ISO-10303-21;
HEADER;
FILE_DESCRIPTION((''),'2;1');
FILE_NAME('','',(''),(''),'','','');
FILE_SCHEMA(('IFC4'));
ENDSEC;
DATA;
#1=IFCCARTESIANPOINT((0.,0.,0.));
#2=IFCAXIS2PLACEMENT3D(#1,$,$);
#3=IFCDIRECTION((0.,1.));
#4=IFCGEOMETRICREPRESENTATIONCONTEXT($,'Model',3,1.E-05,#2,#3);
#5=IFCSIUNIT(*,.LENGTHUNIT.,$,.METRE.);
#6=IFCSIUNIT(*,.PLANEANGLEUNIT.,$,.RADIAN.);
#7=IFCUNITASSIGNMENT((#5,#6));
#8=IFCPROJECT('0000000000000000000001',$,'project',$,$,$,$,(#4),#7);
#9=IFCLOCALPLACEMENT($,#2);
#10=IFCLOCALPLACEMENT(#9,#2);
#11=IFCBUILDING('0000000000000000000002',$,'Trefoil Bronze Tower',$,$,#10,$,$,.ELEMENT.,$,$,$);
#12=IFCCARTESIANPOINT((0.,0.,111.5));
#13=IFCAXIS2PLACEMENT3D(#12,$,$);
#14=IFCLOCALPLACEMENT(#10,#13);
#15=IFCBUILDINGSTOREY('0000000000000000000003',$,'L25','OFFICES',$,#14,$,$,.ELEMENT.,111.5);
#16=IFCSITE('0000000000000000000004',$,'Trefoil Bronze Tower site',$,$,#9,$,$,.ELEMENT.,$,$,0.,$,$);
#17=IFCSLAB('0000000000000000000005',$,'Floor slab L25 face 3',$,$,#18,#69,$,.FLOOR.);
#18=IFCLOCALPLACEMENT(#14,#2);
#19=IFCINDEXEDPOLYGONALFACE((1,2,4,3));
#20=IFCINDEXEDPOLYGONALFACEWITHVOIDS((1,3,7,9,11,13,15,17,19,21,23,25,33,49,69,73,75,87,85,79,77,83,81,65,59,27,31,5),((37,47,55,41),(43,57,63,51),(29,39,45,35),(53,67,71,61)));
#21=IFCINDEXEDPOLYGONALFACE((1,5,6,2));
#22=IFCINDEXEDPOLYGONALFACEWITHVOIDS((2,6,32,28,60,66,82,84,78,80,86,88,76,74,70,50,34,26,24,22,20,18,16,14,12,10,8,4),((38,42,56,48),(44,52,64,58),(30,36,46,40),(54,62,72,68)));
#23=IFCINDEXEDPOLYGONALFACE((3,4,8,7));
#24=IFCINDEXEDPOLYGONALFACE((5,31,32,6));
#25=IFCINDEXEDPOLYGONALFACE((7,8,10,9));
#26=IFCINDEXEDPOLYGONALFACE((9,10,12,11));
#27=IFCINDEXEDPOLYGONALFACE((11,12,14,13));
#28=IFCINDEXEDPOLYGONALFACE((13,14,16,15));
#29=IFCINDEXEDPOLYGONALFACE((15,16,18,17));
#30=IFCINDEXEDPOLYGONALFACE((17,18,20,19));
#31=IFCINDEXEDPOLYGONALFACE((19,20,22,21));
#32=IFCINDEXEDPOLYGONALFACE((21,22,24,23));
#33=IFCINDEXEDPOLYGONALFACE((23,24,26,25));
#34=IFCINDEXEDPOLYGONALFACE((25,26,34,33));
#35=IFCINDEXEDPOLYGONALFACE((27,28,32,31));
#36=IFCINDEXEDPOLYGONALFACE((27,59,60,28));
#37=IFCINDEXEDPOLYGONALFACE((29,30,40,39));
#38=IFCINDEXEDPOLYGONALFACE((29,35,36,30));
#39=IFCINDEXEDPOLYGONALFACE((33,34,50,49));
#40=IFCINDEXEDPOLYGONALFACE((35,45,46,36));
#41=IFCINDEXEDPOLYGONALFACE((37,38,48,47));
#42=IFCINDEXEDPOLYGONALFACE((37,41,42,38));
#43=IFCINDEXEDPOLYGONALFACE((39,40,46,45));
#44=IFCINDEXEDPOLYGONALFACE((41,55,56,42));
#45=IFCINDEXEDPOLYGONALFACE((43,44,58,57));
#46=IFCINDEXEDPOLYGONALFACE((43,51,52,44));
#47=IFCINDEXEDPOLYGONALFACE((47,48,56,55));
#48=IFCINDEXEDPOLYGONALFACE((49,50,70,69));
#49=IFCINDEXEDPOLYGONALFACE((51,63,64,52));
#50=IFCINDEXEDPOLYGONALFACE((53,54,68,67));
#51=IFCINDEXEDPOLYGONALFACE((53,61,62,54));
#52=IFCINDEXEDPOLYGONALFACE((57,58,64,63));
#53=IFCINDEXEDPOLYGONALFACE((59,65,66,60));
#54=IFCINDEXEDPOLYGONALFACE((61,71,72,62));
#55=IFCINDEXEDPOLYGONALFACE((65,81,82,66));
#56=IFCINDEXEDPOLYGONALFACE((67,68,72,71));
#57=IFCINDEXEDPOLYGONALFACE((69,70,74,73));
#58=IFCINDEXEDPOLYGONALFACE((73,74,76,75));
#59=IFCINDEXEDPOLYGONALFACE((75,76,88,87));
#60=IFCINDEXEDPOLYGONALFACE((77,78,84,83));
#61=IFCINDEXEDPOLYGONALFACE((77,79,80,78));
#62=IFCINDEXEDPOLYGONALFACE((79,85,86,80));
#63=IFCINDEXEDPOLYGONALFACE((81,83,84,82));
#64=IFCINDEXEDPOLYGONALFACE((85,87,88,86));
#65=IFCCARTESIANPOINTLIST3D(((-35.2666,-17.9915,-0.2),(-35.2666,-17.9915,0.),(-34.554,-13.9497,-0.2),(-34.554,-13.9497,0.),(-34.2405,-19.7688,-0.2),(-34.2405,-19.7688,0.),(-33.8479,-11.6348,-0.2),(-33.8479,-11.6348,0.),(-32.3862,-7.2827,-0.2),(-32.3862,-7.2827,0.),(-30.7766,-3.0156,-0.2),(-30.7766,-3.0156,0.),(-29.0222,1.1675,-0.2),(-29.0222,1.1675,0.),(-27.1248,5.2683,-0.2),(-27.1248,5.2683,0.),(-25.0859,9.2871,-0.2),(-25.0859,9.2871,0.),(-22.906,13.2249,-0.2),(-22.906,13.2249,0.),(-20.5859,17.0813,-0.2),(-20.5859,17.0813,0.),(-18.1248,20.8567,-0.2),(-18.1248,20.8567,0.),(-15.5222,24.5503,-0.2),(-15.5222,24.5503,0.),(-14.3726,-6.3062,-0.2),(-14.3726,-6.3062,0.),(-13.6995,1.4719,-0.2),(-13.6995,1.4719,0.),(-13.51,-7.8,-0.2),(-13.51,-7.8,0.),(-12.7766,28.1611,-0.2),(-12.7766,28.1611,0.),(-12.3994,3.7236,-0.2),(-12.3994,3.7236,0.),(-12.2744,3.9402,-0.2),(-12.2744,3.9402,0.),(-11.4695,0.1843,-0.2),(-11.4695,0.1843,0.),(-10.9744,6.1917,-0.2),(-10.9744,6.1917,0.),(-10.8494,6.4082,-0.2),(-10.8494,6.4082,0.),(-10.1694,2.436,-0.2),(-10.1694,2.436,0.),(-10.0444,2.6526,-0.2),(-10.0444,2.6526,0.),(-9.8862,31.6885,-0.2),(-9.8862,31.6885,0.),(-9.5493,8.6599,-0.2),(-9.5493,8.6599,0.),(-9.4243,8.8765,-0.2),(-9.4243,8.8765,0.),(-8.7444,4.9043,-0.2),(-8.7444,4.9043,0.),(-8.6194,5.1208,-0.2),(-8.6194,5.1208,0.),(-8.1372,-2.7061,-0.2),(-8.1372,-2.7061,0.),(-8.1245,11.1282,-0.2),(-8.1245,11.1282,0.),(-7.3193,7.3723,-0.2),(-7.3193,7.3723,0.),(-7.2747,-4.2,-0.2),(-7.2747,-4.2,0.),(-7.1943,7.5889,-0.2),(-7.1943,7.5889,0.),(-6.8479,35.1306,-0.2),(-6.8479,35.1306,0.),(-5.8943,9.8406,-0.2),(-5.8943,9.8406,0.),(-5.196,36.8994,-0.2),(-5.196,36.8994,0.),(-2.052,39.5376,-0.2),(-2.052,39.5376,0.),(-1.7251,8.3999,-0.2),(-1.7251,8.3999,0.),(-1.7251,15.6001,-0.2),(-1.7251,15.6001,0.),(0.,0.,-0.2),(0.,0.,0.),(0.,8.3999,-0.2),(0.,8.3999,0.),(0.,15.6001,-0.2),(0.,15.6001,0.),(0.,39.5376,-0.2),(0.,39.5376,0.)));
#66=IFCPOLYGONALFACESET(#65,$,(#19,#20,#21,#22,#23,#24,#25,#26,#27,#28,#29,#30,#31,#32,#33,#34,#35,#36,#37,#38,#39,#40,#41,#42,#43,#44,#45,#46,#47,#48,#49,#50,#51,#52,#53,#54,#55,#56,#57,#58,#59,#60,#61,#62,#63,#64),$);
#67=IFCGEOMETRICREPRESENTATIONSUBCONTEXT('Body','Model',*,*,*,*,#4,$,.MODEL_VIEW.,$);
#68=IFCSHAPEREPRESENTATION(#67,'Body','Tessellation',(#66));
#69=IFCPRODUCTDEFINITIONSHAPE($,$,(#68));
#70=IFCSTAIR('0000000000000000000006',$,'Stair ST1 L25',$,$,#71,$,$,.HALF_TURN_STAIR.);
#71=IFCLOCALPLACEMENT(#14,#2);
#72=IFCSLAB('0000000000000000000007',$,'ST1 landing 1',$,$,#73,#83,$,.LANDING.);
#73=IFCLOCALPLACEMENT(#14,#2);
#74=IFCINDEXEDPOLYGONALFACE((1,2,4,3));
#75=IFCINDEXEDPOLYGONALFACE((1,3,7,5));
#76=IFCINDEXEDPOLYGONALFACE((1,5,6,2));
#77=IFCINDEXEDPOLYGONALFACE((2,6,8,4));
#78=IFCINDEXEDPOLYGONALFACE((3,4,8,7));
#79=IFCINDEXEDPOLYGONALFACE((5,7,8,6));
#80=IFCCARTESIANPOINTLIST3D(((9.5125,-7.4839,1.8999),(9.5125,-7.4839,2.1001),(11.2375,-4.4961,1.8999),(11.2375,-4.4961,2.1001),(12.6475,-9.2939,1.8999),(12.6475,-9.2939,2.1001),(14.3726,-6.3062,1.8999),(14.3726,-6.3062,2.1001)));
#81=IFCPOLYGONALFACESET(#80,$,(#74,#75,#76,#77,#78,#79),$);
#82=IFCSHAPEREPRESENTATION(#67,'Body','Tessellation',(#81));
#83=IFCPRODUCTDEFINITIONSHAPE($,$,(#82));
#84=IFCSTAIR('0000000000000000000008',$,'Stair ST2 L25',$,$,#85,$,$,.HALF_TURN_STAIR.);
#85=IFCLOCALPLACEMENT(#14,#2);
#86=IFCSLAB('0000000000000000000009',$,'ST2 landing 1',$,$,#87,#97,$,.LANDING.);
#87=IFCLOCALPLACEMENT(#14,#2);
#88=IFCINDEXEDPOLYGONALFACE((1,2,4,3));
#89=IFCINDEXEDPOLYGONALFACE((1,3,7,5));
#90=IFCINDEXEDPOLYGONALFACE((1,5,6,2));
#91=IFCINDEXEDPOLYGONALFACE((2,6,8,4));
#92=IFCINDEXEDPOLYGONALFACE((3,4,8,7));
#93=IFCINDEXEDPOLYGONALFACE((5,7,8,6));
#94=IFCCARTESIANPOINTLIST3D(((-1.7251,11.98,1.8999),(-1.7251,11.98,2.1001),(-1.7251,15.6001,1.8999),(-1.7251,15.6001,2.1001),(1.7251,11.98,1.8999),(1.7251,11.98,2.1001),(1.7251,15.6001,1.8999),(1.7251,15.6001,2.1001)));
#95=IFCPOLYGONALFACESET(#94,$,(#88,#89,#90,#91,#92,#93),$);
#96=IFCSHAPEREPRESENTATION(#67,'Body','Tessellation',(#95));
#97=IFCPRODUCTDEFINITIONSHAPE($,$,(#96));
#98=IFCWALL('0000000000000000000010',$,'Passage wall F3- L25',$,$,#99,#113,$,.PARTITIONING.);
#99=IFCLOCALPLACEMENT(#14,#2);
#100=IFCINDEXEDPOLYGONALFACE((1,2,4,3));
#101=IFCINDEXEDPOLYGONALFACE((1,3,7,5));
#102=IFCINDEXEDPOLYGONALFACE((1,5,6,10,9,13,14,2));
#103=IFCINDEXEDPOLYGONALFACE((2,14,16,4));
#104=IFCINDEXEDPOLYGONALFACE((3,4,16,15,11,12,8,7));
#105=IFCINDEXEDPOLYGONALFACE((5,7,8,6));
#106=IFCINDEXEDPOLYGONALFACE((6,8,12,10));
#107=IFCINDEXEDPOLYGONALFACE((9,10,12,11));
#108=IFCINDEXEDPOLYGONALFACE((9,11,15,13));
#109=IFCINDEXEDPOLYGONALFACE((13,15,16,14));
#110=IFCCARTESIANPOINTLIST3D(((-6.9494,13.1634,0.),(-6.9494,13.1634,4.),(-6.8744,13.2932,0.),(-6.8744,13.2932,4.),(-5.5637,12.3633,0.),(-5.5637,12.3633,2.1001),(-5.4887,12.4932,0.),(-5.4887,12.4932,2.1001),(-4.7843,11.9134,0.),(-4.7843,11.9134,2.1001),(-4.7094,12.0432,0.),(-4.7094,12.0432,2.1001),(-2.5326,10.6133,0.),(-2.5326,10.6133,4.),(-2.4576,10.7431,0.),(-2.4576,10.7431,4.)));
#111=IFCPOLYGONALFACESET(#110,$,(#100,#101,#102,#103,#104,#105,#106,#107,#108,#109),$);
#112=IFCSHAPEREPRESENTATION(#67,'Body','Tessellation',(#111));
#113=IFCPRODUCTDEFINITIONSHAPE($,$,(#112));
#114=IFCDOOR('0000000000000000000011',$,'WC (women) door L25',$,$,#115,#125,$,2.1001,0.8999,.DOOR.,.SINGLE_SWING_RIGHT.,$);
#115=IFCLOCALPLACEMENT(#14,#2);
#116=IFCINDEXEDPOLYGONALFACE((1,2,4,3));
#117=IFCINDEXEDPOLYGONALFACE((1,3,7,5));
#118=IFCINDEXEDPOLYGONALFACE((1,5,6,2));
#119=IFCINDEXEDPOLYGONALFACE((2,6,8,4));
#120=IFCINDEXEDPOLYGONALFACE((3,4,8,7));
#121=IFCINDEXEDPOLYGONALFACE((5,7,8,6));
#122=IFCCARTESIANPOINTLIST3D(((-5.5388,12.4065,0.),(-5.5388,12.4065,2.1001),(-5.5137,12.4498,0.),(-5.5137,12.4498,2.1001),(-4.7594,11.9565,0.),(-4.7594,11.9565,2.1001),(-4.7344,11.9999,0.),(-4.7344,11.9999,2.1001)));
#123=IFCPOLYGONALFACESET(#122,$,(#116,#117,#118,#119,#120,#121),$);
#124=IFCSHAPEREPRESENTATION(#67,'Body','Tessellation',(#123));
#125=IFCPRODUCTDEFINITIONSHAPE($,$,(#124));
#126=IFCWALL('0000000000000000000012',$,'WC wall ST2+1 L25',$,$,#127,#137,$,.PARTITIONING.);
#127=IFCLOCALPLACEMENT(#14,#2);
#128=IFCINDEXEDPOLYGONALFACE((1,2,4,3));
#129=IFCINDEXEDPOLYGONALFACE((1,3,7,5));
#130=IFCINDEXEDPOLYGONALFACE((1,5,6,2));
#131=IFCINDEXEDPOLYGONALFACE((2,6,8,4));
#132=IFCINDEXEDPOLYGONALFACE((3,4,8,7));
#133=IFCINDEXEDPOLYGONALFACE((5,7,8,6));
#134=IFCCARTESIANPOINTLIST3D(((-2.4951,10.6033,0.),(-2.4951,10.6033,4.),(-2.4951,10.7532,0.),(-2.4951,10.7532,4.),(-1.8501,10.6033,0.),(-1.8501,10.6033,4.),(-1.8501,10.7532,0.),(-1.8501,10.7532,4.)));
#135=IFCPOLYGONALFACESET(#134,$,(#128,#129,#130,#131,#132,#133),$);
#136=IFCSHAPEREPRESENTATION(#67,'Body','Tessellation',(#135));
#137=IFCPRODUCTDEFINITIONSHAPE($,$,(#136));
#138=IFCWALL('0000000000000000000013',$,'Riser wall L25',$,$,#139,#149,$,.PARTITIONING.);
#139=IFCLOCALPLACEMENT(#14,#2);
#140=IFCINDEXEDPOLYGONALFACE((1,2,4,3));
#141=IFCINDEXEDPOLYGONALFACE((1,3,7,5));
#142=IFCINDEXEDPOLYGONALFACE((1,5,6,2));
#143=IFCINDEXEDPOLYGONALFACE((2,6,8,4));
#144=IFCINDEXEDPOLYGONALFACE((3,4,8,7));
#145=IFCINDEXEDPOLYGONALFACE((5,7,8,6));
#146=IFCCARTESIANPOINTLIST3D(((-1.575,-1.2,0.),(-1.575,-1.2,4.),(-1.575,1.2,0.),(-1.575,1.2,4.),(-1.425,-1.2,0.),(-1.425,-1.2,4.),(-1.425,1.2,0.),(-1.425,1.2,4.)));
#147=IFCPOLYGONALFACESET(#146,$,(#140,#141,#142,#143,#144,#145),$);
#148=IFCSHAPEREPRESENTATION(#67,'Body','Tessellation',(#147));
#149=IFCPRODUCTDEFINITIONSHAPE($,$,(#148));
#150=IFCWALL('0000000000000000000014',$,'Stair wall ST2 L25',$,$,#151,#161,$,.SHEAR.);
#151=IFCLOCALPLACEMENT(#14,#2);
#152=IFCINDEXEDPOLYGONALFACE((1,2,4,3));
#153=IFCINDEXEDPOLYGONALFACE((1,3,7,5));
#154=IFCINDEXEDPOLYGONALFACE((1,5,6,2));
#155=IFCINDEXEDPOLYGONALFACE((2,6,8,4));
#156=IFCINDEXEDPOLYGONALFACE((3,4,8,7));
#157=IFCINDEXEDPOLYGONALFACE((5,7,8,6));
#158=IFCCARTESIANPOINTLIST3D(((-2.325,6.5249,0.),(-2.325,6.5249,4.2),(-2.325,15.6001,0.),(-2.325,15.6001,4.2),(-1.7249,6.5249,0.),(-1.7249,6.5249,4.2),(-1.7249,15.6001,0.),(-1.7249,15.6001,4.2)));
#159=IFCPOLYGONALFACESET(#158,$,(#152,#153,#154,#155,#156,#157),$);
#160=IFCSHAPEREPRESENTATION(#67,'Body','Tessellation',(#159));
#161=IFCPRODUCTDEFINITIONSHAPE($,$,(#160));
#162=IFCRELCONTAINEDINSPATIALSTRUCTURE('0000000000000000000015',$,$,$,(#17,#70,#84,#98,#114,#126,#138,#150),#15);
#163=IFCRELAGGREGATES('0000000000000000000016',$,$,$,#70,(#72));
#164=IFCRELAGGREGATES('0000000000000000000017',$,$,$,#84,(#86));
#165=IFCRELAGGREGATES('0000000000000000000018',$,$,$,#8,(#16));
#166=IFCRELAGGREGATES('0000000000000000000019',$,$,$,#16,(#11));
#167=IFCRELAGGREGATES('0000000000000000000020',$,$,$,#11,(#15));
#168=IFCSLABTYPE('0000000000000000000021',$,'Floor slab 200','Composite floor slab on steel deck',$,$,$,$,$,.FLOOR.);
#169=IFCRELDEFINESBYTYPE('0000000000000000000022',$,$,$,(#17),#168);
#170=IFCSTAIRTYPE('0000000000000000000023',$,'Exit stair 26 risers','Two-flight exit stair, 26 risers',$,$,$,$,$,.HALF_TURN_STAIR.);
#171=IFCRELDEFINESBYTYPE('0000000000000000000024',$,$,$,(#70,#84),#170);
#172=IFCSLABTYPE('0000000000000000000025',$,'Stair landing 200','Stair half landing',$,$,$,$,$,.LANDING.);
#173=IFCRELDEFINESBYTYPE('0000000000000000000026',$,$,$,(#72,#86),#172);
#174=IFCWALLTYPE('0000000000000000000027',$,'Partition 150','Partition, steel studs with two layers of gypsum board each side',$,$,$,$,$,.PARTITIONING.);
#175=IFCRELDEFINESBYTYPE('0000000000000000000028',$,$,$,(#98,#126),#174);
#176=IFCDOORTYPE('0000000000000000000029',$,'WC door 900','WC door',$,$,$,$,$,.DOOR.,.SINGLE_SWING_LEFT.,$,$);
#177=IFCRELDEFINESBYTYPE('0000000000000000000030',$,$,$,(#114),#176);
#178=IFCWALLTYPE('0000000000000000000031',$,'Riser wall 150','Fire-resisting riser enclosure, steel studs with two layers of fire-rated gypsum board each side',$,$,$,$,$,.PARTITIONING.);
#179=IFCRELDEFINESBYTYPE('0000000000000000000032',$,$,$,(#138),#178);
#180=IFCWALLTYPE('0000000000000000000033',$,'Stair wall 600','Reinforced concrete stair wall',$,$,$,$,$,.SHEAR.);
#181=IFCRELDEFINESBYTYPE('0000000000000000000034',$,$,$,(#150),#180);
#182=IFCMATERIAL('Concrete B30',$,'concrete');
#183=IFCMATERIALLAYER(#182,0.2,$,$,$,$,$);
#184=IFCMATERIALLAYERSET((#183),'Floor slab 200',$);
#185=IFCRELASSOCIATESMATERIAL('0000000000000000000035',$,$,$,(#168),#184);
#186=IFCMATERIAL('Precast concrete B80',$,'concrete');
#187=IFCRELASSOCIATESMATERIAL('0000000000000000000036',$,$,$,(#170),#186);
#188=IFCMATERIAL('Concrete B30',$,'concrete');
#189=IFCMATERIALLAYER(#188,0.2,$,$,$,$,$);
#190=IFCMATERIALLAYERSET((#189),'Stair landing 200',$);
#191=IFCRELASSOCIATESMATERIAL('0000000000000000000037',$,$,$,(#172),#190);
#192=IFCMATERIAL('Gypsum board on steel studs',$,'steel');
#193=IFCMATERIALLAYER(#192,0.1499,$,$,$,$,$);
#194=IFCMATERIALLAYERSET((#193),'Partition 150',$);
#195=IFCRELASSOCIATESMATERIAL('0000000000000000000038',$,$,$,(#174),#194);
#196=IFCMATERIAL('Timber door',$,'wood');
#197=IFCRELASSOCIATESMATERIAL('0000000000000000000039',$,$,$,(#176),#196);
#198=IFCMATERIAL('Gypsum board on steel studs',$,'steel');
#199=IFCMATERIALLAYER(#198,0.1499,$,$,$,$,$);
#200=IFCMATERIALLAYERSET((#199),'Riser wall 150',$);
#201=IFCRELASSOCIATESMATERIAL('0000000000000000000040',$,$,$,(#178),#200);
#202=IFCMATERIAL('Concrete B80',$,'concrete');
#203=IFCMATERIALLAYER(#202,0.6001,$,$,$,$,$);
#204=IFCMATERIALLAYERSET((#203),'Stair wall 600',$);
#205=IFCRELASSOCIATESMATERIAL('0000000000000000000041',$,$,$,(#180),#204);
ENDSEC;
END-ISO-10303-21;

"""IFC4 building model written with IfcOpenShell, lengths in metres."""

from ifc_helpers import new_model, si_unit, direction, frame, frame_2d, origin, place, context, subcontext, project, spatial, polyline, rectangle, outline, extrude, material, layer, layer_set, type_object, element, fill, aggregate, save


model = new_model("IFC4")

# Units and contexts
model_context = context("Model", 3, precision=1e-05, world=origin(), true_north=direction((0.0, 1.0)))
body_context = subcontext(model_context, "Body", "Model", "MODEL_VIEW")
ifc_project = project(units=[si_unit("LENGTHUNIT", "METRE"), si_unit("PLANEANGLEUNIT", "RADIAN")], contexts=[model_context])

# Site, building, storey
site_placement = place(None, origin())
site = spatial("IfcSite", under=ifc_project, at=site_placement, Name="Trefoil Bronze Tower site", CompositionType="ELEMENT", RefElevation=0.0)
building_placement = place(site_placement, origin())
building = spatial("IfcBuilding", under=site, at=building_placement, Name="Trefoil Bronze Tower", CompositionType="ELEMENT")
storey_placement = place(building_placement, frame((0.0, 0.0, 111.5)))
storey = spatial("IfcBuildingStorey", under=building, at=storey_placement, Name="L25", Description="OFFICES", CompositionType="ELEMENT", Elevation=111.5)

# Slab
ifc_material_1 = material(Name="Concrete B30", Category="concrete")
ifc_layer_1 = layer(ifc_material_1, 0.2)
ifc_layer_set_1 = layer_set([ifc_layer_1], Name="Floor slab 200")
slab_type_1 = type_object("IfcSlabType", Name="Floor slab 200", Description="Composite floor slab on steel deck", PredefinedType="FLOOR", material=ifc_layer_set_1)
slab_1_placement = place(storey_placement, frame((0.0, 0.0, -0.2)))
element("IfcSlab", 1, at=slab_1_placement, inside=storey, type_object=slab_type_1, Name="Floor slab L25 face 3", PredefinedType="FLOOR", context=body_context, shape_type="SweptSolid", body=[
    extrude(outline(polyline([(-32.3862, -7.2827), (-30.7766, -3.0156), (-29.0222, 1.1675), (-27.1248, 5.2683), (-25.0859, 9.2871), (-22.906, 13.2249), (-20.5859, 17.0813), (-18.1248, 20.8567), (-15.5222, 24.5503), (-12.7766, 28.1611), (-9.8862, 31.6885), (-6.8479, 35.1306), (-5.196, 36.8994), (-2.052, 39.5376), (0.0, 39.5376), (0.0, 15.6001), (-1.7251, 15.6001), (-1.7251, 8.3999), (0.0, 8.3999), (0.0, 0.0), (-7.2747, -4.2), (-8.1372, -2.7061), (-14.3726, -6.3062), (-13.51, -7.8), (-34.2405, -19.7688), (-35.2666, -17.9915), (-34.554, -13.9497), (-33.8479, -11.6348), (-32.3862, -7.2827)]), holes=[polyline([(-5.8943, 9.8406), (-7.1943, 7.5889), (-9.4243, 8.8765), (-8.1245, 11.1282), (-5.8943, 9.8406)]), polyline([(-7.3193, 7.3723), (-8.6194, 5.1208), (-10.8494, 6.4082), (-9.5493, 8.6599), (-7.3193, 7.3723)]), polyline([(-8.7444, 4.9043), (-10.0444, 2.6526), (-12.2744, 3.9402), (-10.9744, 6.1917), (-8.7444, 4.9043)]), polyline([(-10.1694, 2.436), (-11.4695, 0.1843), (-13.6995, 1.4719), (-12.3994, 3.7236), (-10.1694, 2.436)])]), origin(), (0.0, 0.0, 1.0), 0.2),
])

# Stairs, slabs
ifc_material_2 = material(Name="Precast concrete B80", Category="concrete")
stair_type = type_object("IfcStairType", Name="Exit stair 26 risers", Description="Two-flight exit stair, 26 risers", PredefinedType="HALF_TURN_STAIR", material=ifc_material_2)
stair_1_placement = place(storey_placement, origin())
stair_1 = element("IfcStair", 2, at=stair_1_placement, inside=storey, type_object=stair_type, Name="Stair ST1 L25", PredefinedType="HALF_TURN_STAIR")
ifc_material_3 = material(Name="Concrete B30", Category="concrete")
ifc_layer_2 = layer(ifc_material_3, 0.2)
ifc_layer_set_2 = layer_set([ifc_layer_2], Name="Stair landing 200")
slab_type_2 = type_object("IfcSlabType", Name="Stair landing 200", Description="Stair half landing", PredefinedType="LANDING", material=ifc_layer_set_2)
slab_2_placement = place(storey_placement, frame((0.0, 0.0, 1.8999)))
slab_2 = element("IfcSlab", 3, at=slab_2_placement, type_object=slab_type_2, Name="ST1 landing 1", PredefinedType="LANDING", context=body_context, shape_type="SweptSolid", body=[
    extrude(outline(polyline([(9.5125, -7.4839), (12.6475, -9.2939), (14.3726, -6.3062), (11.2375, -4.4961), (9.5125, -7.4839)])), origin(), (0.0, 0.0, 1.0), 0.2002),
])
aggregate(stair_1, [slab_2])
stair_2_placement = place(storey_placement, origin())
stair_2 = element("IfcStair", 4, at=stair_2_placement, inside=storey, type_object=stair_type, Name="Stair ST2 L25", PredefinedType="HALF_TURN_STAIR")
slab_3_placement = place(storey_placement, frame((0.0, 0.0, 1.8999)))
slab_3 = element("IfcSlab", 5, at=slab_3_placement, type_object=slab_type_2, Name="ST2 landing 1", PredefinedType="LANDING", context=body_context, shape_type="SweptSolid", body=[
    extrude(outline(polyline([(1.7251, 11.98), (1.7251, 15.6001), (-1.7251, 15.6001), (-1.7251, 11.98), (1.7251, 11.98)])), origin(), (0.0, 0.0, 1.0), 0.2002),
])

# Wall, opening, door
ifc_material_4 = material(Name="Gypsum board on steel studs", Category="steel")
ifc_layer_3 = layer(ifc_material_4, 0.1499)
ifc_layer_set_3 = layer_set([ifc_layer_3], Name="Partition 150")
wall_type_1 = type_object("IfcWallType", Name="Partition 150", Description="Partition, steel studs with two layers of gypsum board each side", PredefinedType="PARTITIONING", material=ifc_layer_set_3)
wall_1_placement = place(storey_placement, frame((-2.4951, 10.6782, 0.0), z_axis=(0.0, 0.0, 1.0), x_axis=(-0.866022, 0.500006, 0.0)))
wall_1 = element("IfcWall", 6, at=wall_1_placement, inside=storey, type_object=wall_type_1, Name="Passage wall F3- L25", PredefinedType="PARTITIONING", context=body_context, shape_type="SweptSolid", body=[
    extrude(rectangle(XDim=5.1001, YDim=0.1499, at=frame_2d((2.55, 0.0))), origin(), (0.0, 0.0, 1.0), 4.0),
])
opening_placement = place(wall_1_placement, frame((2.6001, 0.0, 0.0)))
opening = element("IfcOpeningElement", 7, at=opening_placement, cuts=wall_1, PredefinedType="OPENING", context=body_context, shape_type="SweptSolid", body=[
    extrude(rectangle(XDim=0.8999, YDim=2.1001, at=frame_2d((0.45, 1.05))), frame((0.0, 0.085, 0.0), z_axis=(0.0, -1.0, 0.0), x_axis=(1.0, 0.0, 0.0)), (0.0, 0.0, 1.0), 0.1699),
])
ifc_material_5 = material(Name="Timber door", Category="wood")
door_type = type_object("IfcDoorType", Name="WC door 900", Description="WC door", OperationType="SINGLE_SWING_LEFT", PredefinedType="DOOR", material=ifc_material_5)
door_placement = place(opening_placement, frame((0.8999, 0.0, 0.0), z_axis=(0.0, 0.0, 1.0), x_axis=(-1.0, 0.0, 0.0)))
door = element("IfcDoor", 8, at=door_placement, inside=storey, type_object=door_type, Name="WC (women) door L25", OperationType="SINGLE_SWING_RIGHT", OverallHeight=2.1001, OverallWidth=0.8999, PredefinedType="DOOR", context=body_context, shape_type="SweptSolid", body=[
    extrude(rectangle(XDim=0.8999, YDim=2.1001, at=frame_2d((0.45, 1.05))), frame((0.0, 0.0249, 0.0), z_axis=(0.0, -1.0, 0.0), x_axis=(1.0, 0.0, 0.0)), (0.0, 0.0, 1.0), 0.05),
])
fill(opening, door)

# Walls
wall_2_placement = place(storey_placement, frame((-2.4951, 10.6782, 0.0), z_axis=(0.0, 0.0, 1.0), x_axis=(1.0, 0.0, 0.0)))
element("IfcWall", 9, at=wall_2_placement, inside=storey, type_object=wall_type_1, Name="WC wall ST2+1 L25", PredefinedType="PARTITIONING", context=body_context, shape_type="SweptSolid", body=[
    extrude(rectangle(XDim=0.645, YDim=0.1499, at=frame_2d((0.3225, 0.0))), origin(), (0.0, 0.0, 1.0), 4.0),
])
ifc_material_6 = material(Name="Gypsum board on steel studs", Category="steel")
ifc_layer_4 = layer(ifc_material_6, 0.1499)
ifc_layer_set_4 = layer_set([ifc_layer_4], Name="Riser wall 150")
wall_type_2 = type_object("IfcWallType", Name="Riser wall 150", Description="Fire-resisting riser enclosure, steel studs with two layers of fire-rated gypsum board each side", PredefinedType="PARTITIONING", material=ifc_layer_set_4)
wall_3_placement = place(storey_placement, frame((-1.5, 1.2, 0.0), z_axis=(0.0, 0.0, 1.0), x_axis=(0.0, -1.0, 0.0)))
element("IfcWall", 10, at=wall_3_placement, inside=storey, type_object=wall_type_2, Name="Riser wall L25", PredefinedType="PARTITIONING", context=body_context, shape_type="SweptSolid", body=[
    extrude(rectangle(XDim=2.3999, YDim=0.1499, at=frame_2d((1.2, 0.0))), origin(), (0.0, 0.0, 1.0), 4.0),
])
ifc_material_7 = material(Name="Concrete B80", Category="concrete")
ifc_layer_5 = layer(ifc_material_7, 0.6001)
ifc_layer_set_5 = layer_set([ifc_layer_5], Name="Stair wall 600")
wall_type_3 = type_object("IfcWallType", Name="Stair wall 600", Description="Reinforced concrete stair wall", PredefinedType="SHEAR", material=ifc_layer_set_5)
wall_4_placement = place(storey_placement, frame((-2.0249, 6.5249, 0.0), z_axis=(0.0, 0.0, 1.0), x_axis=(0.0, 1.0, 0.0)))
element("IfcWall", 11, at=wall_4_placement, inside=storey, type_object=wall_type_3, Name="Stair wall ST2 L25", PredefinedType="SHEAR", context=body_context, shape_type="SweptSolid", body=[
    extrude(rectangle(XDim=9.0752, YDim=0.6001, at=frame_2d((4.5376, 0.0))), origin(), (0.0, 0.0, 1.0), 4.2),
])

aggregate(stair_2, [slab_3])

save(model, "model.ifc")
